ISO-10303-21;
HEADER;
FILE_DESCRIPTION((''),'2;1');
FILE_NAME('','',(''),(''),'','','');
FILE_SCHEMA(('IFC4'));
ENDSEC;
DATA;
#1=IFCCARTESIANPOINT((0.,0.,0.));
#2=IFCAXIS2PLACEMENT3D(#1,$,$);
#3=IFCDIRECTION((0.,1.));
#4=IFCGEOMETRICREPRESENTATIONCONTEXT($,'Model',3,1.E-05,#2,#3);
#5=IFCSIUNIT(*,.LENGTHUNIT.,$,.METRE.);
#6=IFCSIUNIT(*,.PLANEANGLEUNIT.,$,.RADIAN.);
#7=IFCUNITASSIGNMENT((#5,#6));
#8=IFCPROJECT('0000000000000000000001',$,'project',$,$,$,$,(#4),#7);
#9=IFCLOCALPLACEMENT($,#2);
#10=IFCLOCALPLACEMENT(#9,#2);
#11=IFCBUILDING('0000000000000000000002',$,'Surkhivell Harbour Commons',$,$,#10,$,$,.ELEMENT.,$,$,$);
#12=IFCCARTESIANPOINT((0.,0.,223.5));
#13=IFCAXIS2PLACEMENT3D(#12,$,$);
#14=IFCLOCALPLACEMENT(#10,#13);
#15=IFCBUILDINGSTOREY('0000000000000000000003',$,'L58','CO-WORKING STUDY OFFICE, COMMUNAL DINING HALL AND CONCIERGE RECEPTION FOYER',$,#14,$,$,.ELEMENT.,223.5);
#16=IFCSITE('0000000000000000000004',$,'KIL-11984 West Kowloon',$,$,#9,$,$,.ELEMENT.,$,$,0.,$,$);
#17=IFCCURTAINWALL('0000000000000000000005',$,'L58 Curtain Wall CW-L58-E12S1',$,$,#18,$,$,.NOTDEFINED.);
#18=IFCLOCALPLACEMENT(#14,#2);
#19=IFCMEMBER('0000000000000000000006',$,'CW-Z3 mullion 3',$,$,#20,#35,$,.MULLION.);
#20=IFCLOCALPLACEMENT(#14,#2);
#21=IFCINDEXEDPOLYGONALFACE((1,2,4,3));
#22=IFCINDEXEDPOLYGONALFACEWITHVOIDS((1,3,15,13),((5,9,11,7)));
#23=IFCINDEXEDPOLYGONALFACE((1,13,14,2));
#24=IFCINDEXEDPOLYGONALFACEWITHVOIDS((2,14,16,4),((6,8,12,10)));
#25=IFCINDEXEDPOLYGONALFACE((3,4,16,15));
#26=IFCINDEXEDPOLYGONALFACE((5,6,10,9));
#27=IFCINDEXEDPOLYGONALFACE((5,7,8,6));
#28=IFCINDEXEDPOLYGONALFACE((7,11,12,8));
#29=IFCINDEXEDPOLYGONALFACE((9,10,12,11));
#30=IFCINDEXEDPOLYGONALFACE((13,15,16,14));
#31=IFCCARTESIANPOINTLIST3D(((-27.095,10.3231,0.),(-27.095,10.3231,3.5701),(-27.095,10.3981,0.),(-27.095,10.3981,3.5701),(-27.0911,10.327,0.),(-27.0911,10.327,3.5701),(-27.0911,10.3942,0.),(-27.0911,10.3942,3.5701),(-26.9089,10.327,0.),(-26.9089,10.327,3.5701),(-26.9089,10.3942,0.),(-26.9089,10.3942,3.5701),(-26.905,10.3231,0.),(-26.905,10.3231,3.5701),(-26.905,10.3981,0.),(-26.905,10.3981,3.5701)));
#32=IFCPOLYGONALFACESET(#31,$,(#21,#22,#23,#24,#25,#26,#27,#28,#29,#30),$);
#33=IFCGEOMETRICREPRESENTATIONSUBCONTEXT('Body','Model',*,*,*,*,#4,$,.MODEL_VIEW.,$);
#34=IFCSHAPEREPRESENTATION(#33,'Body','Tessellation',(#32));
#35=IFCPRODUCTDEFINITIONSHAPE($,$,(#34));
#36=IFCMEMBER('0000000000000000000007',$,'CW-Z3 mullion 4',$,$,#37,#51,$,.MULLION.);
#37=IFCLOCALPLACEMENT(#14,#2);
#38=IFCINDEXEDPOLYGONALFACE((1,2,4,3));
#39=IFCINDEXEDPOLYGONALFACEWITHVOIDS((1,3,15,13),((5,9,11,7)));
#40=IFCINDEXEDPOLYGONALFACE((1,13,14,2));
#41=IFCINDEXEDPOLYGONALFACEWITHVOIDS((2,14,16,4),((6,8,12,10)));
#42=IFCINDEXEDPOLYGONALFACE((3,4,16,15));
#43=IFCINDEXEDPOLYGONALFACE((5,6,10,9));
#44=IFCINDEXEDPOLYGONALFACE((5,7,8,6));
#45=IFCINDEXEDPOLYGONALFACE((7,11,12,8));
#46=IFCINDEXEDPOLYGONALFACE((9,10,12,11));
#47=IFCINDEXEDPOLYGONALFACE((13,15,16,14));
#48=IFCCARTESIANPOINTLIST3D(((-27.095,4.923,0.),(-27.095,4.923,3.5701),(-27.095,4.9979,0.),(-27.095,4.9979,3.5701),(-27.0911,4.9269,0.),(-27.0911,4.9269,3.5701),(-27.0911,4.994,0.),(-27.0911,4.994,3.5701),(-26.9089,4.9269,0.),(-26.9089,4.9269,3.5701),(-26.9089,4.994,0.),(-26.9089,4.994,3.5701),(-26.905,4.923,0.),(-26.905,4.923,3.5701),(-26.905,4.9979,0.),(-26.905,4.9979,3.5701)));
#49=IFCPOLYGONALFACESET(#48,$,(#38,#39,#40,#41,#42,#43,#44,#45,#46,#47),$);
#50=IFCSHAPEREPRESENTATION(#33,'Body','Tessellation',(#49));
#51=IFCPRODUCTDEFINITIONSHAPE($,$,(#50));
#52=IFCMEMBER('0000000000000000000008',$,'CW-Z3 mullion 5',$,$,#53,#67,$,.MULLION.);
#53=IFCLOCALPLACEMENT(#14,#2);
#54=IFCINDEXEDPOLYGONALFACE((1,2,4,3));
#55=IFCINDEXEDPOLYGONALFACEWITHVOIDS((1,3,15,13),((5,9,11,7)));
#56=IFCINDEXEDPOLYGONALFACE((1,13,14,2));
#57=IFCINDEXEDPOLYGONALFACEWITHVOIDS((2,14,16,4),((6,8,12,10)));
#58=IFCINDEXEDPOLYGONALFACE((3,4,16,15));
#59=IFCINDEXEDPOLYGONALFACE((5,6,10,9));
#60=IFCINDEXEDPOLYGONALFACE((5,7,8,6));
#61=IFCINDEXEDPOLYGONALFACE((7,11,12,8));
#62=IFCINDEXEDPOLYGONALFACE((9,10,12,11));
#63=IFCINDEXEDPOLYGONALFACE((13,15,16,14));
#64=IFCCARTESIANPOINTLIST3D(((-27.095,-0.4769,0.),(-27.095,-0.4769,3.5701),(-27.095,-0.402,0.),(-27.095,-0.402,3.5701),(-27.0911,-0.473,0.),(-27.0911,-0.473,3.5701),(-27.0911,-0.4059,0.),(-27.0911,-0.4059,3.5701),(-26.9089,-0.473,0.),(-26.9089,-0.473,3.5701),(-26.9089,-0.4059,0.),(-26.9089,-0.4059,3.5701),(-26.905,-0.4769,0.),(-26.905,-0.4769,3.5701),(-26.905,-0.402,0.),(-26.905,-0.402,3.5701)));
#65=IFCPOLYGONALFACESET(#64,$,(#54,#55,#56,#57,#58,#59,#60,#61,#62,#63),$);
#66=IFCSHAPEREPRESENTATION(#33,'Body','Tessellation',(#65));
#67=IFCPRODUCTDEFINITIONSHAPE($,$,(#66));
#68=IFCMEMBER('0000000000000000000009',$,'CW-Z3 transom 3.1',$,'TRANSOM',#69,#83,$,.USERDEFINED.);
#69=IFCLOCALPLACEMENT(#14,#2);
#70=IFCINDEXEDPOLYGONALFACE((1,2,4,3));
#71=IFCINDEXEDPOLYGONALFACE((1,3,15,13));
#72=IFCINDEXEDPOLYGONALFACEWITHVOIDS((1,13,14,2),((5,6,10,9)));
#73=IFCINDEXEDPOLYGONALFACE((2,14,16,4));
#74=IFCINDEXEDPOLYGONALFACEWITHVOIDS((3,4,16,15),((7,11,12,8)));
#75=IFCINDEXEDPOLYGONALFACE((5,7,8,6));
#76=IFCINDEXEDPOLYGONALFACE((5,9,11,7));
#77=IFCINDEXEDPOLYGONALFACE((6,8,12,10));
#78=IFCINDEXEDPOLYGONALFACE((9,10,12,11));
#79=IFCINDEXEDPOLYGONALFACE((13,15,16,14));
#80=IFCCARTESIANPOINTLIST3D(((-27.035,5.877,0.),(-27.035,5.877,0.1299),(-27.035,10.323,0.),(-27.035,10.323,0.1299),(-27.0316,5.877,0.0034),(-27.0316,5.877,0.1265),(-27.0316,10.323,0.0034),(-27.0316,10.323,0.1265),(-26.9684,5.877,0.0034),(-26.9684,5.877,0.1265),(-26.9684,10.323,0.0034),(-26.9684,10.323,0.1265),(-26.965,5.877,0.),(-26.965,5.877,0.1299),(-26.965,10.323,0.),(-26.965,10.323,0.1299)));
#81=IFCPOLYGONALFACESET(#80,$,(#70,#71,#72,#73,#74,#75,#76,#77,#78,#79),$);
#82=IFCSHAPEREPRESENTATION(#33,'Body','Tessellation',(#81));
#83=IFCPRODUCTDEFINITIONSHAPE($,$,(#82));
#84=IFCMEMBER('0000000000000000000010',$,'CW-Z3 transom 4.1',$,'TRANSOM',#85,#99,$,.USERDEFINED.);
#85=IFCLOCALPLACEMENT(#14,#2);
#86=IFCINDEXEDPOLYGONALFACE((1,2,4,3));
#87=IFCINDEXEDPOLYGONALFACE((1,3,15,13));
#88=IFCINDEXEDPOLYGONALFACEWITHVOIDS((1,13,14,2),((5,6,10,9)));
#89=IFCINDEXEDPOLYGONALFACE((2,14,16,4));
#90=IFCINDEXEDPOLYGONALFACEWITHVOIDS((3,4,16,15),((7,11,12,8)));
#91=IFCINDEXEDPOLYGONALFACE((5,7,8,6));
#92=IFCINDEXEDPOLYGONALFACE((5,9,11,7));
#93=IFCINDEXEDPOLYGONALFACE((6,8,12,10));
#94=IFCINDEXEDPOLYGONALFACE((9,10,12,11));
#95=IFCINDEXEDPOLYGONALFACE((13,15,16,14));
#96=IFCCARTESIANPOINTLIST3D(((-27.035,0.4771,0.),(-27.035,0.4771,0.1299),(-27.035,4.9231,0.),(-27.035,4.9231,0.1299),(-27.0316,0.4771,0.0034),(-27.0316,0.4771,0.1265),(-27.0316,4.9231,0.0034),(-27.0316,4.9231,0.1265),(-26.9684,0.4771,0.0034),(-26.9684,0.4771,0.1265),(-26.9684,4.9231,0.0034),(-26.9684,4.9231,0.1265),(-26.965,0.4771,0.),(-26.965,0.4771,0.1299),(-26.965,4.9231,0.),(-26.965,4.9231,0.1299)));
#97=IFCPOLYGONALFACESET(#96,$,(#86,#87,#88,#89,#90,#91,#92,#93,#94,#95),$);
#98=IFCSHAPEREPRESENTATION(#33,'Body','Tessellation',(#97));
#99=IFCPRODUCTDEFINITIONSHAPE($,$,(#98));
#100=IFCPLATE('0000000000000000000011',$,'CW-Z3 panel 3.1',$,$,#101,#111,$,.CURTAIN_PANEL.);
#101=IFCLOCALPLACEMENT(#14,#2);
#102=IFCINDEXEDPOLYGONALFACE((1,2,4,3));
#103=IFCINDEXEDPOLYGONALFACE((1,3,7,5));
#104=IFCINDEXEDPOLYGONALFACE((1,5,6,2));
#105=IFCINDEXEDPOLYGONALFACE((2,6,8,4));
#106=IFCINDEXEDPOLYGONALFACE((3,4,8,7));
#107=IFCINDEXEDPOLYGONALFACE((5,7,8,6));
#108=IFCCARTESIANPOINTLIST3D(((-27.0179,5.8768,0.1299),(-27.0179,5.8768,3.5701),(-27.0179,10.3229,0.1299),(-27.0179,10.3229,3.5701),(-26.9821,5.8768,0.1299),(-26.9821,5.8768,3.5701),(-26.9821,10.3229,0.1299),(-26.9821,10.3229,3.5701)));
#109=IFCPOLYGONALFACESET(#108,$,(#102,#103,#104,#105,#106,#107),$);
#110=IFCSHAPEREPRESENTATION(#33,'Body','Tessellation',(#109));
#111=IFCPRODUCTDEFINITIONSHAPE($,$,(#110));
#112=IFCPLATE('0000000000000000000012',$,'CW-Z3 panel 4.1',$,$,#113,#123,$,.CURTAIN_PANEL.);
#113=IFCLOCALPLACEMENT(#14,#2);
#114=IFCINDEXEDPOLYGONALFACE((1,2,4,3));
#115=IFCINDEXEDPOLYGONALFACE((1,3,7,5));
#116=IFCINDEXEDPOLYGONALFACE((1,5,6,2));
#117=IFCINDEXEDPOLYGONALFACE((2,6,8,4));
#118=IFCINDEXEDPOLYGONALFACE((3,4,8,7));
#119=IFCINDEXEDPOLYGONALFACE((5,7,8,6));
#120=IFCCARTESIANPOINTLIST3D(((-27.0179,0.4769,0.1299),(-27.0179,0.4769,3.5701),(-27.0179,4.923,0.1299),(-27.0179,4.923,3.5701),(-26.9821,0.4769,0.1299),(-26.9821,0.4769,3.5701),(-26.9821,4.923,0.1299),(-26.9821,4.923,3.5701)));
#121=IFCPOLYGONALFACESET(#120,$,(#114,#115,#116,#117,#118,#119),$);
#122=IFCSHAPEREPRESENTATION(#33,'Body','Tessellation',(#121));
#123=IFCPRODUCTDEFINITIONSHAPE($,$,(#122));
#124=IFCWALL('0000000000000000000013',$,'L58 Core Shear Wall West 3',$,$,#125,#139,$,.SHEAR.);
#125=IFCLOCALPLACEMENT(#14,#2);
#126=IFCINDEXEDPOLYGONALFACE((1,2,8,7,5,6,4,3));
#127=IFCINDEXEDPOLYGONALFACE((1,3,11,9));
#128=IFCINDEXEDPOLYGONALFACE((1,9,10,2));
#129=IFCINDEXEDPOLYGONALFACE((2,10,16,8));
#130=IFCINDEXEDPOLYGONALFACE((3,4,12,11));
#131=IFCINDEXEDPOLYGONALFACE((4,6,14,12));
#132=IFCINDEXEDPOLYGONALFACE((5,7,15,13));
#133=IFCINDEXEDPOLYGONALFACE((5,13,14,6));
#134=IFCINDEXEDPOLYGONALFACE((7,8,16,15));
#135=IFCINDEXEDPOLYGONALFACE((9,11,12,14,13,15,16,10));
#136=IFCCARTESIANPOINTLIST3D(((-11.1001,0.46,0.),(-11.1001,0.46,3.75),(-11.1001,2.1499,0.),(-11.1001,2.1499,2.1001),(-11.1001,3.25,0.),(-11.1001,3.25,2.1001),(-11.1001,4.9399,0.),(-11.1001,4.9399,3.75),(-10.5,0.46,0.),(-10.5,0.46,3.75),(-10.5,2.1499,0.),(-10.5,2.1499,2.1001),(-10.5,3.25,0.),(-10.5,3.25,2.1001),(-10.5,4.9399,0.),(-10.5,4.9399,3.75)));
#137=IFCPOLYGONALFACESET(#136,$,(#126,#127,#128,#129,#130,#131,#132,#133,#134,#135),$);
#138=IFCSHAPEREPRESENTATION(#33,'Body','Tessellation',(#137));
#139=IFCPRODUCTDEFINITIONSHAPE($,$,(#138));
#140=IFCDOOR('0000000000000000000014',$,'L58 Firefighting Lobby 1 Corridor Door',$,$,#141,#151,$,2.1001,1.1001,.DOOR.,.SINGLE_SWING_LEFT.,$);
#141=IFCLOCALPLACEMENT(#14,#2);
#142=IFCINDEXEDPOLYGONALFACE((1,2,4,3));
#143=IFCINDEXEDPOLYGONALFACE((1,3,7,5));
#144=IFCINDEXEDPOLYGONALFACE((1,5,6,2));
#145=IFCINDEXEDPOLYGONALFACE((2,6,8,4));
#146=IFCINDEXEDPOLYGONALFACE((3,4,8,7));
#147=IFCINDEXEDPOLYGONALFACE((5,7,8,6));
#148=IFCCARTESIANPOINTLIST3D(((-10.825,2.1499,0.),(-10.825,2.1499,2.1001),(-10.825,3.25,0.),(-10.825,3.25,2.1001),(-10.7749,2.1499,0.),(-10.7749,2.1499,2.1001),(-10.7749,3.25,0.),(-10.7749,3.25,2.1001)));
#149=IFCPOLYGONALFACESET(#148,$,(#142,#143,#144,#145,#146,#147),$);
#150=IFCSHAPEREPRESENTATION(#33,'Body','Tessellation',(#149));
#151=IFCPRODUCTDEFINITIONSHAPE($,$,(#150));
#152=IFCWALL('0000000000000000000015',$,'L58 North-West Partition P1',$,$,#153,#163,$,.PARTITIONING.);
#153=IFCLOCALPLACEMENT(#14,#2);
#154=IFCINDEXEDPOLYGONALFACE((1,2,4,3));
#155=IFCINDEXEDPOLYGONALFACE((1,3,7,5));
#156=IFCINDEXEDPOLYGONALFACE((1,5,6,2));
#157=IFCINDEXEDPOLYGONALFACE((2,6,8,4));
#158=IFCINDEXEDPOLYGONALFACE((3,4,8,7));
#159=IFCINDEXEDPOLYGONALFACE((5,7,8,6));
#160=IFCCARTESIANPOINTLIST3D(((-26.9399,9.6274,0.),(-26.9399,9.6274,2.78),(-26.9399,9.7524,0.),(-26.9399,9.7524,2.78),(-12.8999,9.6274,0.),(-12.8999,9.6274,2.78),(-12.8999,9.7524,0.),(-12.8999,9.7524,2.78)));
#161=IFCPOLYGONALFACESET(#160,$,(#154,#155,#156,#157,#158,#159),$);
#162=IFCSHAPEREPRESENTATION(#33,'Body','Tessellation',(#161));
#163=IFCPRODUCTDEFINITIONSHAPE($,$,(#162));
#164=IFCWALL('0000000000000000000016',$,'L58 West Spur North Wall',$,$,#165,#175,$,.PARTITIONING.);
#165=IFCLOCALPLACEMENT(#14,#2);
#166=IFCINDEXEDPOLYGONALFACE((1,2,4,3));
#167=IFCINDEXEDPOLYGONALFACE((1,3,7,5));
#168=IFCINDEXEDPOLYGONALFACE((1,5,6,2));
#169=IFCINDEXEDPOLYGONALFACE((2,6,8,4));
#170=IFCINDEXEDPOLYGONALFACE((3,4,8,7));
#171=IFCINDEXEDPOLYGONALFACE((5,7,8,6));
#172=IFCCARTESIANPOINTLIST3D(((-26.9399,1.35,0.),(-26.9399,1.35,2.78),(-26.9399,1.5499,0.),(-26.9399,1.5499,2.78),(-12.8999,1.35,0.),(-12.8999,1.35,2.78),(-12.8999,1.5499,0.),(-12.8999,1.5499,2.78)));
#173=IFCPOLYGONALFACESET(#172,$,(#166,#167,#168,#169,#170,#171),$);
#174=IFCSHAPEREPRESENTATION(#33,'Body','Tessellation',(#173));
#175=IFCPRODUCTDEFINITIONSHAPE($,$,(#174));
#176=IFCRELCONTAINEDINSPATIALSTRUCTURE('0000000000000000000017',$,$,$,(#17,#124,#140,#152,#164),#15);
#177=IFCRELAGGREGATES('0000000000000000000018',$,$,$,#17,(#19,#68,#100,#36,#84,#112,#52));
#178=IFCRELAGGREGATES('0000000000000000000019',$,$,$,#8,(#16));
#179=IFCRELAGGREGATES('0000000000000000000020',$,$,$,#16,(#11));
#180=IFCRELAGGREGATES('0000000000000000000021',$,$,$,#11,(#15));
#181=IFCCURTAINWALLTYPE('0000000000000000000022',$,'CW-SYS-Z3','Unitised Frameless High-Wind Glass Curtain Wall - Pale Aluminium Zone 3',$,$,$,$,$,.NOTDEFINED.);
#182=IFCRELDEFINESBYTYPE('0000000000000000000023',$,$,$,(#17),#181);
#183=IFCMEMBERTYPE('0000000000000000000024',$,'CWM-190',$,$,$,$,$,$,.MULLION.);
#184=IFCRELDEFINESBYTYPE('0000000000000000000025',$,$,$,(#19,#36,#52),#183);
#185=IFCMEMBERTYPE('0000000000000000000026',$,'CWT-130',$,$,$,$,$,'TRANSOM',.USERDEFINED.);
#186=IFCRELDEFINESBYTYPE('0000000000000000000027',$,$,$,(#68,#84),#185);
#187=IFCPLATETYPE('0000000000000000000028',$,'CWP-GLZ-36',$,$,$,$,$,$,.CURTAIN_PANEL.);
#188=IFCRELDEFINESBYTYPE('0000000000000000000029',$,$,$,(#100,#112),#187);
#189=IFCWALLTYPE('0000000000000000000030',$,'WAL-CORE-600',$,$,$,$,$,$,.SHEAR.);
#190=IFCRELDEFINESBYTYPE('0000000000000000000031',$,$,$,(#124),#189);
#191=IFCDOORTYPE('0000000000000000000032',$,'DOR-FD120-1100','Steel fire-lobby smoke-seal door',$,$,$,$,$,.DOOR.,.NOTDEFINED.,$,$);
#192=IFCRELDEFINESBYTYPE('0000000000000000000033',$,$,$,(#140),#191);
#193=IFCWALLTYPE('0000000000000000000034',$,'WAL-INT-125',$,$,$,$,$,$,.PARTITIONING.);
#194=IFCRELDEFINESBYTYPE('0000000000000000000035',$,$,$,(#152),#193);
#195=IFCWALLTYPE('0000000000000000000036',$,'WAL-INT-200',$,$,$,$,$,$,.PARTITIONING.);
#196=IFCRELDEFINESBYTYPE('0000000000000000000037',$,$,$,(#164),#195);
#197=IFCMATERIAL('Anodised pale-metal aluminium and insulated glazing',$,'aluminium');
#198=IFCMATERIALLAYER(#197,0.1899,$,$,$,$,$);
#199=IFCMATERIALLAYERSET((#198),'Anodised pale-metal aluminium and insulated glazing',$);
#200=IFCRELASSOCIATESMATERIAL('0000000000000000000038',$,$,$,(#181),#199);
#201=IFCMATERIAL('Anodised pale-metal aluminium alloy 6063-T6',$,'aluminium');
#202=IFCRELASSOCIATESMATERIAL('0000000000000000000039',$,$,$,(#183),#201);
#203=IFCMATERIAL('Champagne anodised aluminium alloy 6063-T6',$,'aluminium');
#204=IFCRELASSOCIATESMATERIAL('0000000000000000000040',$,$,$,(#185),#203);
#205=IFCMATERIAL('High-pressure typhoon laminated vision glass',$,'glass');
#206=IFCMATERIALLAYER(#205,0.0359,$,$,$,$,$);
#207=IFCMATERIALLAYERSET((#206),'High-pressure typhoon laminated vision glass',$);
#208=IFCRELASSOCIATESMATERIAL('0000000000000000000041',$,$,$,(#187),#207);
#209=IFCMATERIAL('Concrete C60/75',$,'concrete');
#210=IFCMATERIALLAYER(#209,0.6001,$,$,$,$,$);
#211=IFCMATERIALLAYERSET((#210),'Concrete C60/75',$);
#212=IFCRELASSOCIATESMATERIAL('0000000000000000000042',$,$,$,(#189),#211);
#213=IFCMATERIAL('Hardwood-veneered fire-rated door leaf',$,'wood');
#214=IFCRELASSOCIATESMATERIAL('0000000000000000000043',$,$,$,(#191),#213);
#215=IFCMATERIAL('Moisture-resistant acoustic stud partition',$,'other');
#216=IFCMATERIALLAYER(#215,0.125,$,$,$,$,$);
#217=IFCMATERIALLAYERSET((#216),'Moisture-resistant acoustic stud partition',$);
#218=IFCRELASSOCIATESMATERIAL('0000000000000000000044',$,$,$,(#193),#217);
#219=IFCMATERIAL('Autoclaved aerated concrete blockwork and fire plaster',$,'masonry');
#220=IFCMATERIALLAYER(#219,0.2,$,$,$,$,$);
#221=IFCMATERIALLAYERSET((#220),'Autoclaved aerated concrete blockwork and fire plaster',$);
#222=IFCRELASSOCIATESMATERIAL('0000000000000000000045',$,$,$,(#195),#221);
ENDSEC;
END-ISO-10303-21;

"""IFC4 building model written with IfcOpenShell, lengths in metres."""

from ifc_helpers import new_model, si_unit, direction, frame, frame_2d, origin, origin_2d, place, context, subcontext, project, spatial, rectangle, hollow_rectangle, extrude, material, layer, layer_set, material_profile, profile_set, type_object, element, fill, aggregate, save


model = new_model("IFC4")

# Units and contexts
model_context = context("Model", 3, precision=1e-05, world=origin(), true_north=direction((0.0, 1.0)))
body_context = subcontext(model_context, "Body", "Model", "MODEL_VIEW")
ifc_project = project(units=[si_unit("LENGTHUNIT", "METRE"), si_unit("PLANEANGLEUNIT", "RADIAN")], contexts=[model_context])

# Site, building, storey
site_placement = place(None, origin())
site = spatial("IfcSite", under=ifc_project, at=site_placement, Name="KIL-11984 West Kowloon", CompositionType="ELEMENT", RefElevation=0.0)
building_placement = place(site_placement, origin())
building = spatial("IfcBuilding", under=site, at=building_placement, Name="Surkhivell Harbour Commons", CompositionType="ELEMENT")
storey_placement = place(building_placement, frame((0.0, 0.0, 223.5)))
storey = spatial("IfcBuildingStorey", under=building, at=storey_placement, Name="L58", Description="CO-WORKING STUDY OFFICE, COMMUNAL DINING HALL AND CONCIERGE RECEPTION FOYER", CompositionType="ELEMENT", Elevation=223.5)

# Shared definitions
ifc_material_1 = material(Name="Concrete C60/75", Category="concrete")

# Curtain wall, members, plates
ifc_material_2 = material(Name="Anodised pale-metal aluminium and insulated glazing", Category="aluminium")
ifc_layer_1 = layer(ifc_material_2, 0.1899)
ifc_layer_set_1 = layer_set([ifc_layer_1], Name="Anodised pale-metal aluminium and insulated glazing")
curtain_wall_type = type_object("IfcCurtainWallType", Name="CW-SYS-Z3", Description="Unitised Frameless High-Wind Glass Curtain Wall - Pale Aluminium Zone 3", PredefinedType="NOTDEFINED", material=ifc_layer_set_1)
curtain_wall_placement = place(storey_placement, origin())
curtain_wall = element("IfcCurtainWall", 1, at=curtain_wall_placement, inside=storey, type_object=curtain_wall_type, Name="L58 Curtain Wall CW-L58-E12S1", PredefinedType="NOTDEFINED")
ifc_material_3 = material(Name="Anodised pale-metal aluminium alloy 6063-T6", Category="aluminium")
ifc_material_profile_1 = material_profile(ifc_material_3, hollow_rectangle(XDim=0.075, YDim=0.1899, WallThickness=0.0039, at=origin_2d()), Name="ALU-MULL-75x190")
ifc_profile_set_1 = profile_set([ifc_material_profile_1], Name="Anodised pale-metal aluminium alloy 6063-T6")
member_type_1 = type_object("IfcMemberType", Name="CWM-190", PredefinedType="MULLION", material=ifc_profile_set_1)
member_1_placement = place(storey_placement, frame((-27.0, 10.3606, 0.0), z_axis=(0.0, 0.0, 1.0), x_axis=(0.0, -1.0, 0.0)))
member_1 = element("IfcMember", 2, at=member_1_placement, type_object=member_type_1, Name="CW-Z3 mullion 3", PredefinedType="MULLION", context=body_context, shape_type="SweptSolid", body=[
    extrude(hollow_rectangle(XDim=0.075, YDim=0.1899, WallThickness=0.0039, at=origin_2d()), origin(), (0.0, 0.0, 1.0), 3.5701),
])
member_2_placement = place(storey_placement, frame((-27.0, 4.9604, 0.0), z_axis=(0.0, 0.0, 1.0), x_axis=(0.0, -1.0, 0.0)))
member_2 = element("IfcMember", 3, at=member_2_placement, type_object=member_type_1, Name="CW-Z3 mullion 4", PredefinedType="MULLION", context=body_context, shape_type="SweptSolid", body=[
    extrude(hollow_rectangle(XDim=0.075, YDim=0.1899, WallThickness=0.0039, at=origin_2d()), origin(), (0.0, 0.0, 1.0), 3.5701),
])
member_3_placement = place(storey_placement, frame((-27.0, -0.4395, 0.0), z_axis=(0.0, 0.0, 1.0), x_axis=(0.0, -1.0, 0.0)))
member_3 = element("IfcMember", 4, at=member_3_placement, type_object=member_type_1, Name="CW-Z3 mullion 5", PredefinedType="MULLION", context=body_context, shape_type="SweptSolid", body=[
    extrude(hollow_rectangle(XDim=0.075, YDim=0.1899, WallThickness=0.0039, at=origin_2d()), origin(), (0.0, 0.0, 1.0), 3.5701),
])
ifc_material_4 = material(Name="Champagne anodised aluminium alloy 6063-T6", Category="aluminium")
ifc_material_profile_2 = material_profile(ifc_material_4, hollow_rectangle(XDim=0.0701, YDim=0.1299, WallThickness=0.0034, at=origin_2d()), Name="ALU-TRAN-70x130")
ifc_profile_set_2 = profile_set([ifc_material_profile_2], Name="Champagne anodised aluminium alloy 6063-T6")
member_type_2 = type_object("IfcMemberType", Name="CWT-130", ElementType="TRANSOM", PredefinedType="USERDEFINED", material=ifc_profile_set_2)
member_4_placement = place(storey_placement, frame((-27.0, 10.323, 0.0649), z_axis=(0.0, -1.0, 0.0), x_axis=(1.0, 0.0, 0.0)))
member_4 = element("IfcMember", 5, at=member_4_placement, type_object=member_type_2, Name="CW-Z3 transom 3.1", ObjectType="TRANSOM", PredefinedType="USERDEFINED", context=body_context, shape_type="SweptSolid", body=[
    extrude(hollow_rectangle(XDim=0.0701, YDim=0.1299, WallThickness=0.0034, at=origin_2d()), origin(), (0.0, 0.0, 1.0), 4.446),
])
member_5_placement = place(storey_placement, frame((-27.0, 4.9231, 0.0649), z_axis=(0.0, -1.0, 0.0), x_axis=(1.0, 0.0, 0.0)))
member_5 = element("IfcMember", 6, at=member_5_placement, type_object=member_type_2, Name="CW-Z3 transom 4.1", ObjectType="TRANSOM", PredefinedType="USERDEFINED", context=body_context, shape_type="SweptSolid", body=[
    extrude(hollow_rectangle(XDim=0.0701, YDim=0.1299, WallThickness=0.0034, at=origin_2d()), origin(), (0.0, 0.0, 1.0), 4.446),
])
ifc_material_5 = material(Name="High-pressure typhoon laminated vision glass", Category="glass")
ifc_layer_2 = layer(ifc_material_5, 0.0359)
ifc_layer_set_2 = layer_set([ifc_layer_2], Name="High-pressure typhoon laminated vision glass")
plate_type = type_object("IfcPlateType", Name="CWP-GLZ-36", PredefinedType="CURTAIN_PANEL", material=ifc_layer_set_2)
plate_1_placement = place(storey_placement, frame((-27.0, 10.323, 0.1299), z_axis=(0.0, 0.0, 1.0), x_axis=(0.0, -1.0, 0.0)))
plate_1 = element("IfcPlate", 7, at=plate_1_placement, type_object=plate_type, Name="CW-Z3 panel 3.1", PredefinedType="CURTAIN_PANEL", context=body_context, shape_type="SweptSolid", body=[
    extrude(rectangle(XDim=4.446, YDim=0.0359, at=frame_2d((2.2231, 0.0))), origin(), (0.0, 0.0, 1.0), 3.4402),
])
plate_2_placement = place(storey_placement, frame((-27.0, 4.9231, 0.1299), z_axis=(0.0, 0.0, 1.0), x_axis=(0.0, -1.0, 0.0)))
plate_2 = element("IfcPlate", 8, at=plate_2_placement, type_object=plate_type, Name="CW-Z3 panel 4.1", PredefinedType="CURTAIN_PANEL", context=body_context, shape_type="SweptSolid", body=[
    extrude(rectangle(XDim=4.446, YDim=0.0359, at=frame_2d((2.2231, 0.0))), origin(), (0.0, 0.0, 1.0), 3.4402),
])
aggregate(curtain_wall, [member_1, member_4, plate_1, member_2, member_5, plate_2, member_3])

# Wall, opening, door
ifc_layer_3 = layer(ifc_material_1, 0.6001)
ifc_layer_set_3 = layer_set([ifc_layer_3], Name="Concrete C60/75")
wall_type_1 = type_object("IfcWallType", Name="WAL-CORE-600", PredefinedType="SHEAR", material=ifc_layer_set_3)
wall_1_placement = place(storey_placement, frame((-10.8, 0.46, 0.0), z_axis=(0.0, 0.0, 1.0), x_axis=(0.0, 1.0, 0.0)))
wall_1 = element("IfcWall", 9, at=wall_1_placement, inside=storey, type_object=wall_type_1, Name="L58 Core Shear Wall West 3", PredefinedType="SHEAR", context=body_context, shape_type="SweptSolid", body=[
    extrude(rectangle(XDim=4.48, YDim=0.6001, at=frame_2d((2.24, 0.0))), origin(), (0.0, 0.0, 1.0), 3.75),
])
opening_1_placement = place(wall_1_placement, frame((1.6899, 0.0, 0.0)))
opening_1 = element("IfcOpeningElement", 10, at=opening_1_placement, cuts=wall_1, PredefinedType="OPENING", context=body_context, shape_type="SweptSolid", body=[
    extrude(rectangle(XDim=1.1001, YDim=2.1001, at=frame_2d((0.55, 1.05))), frame((0.0, 0.3101, 0.0), z_axis=(0.0, -1.0, 0.0), x_axis=(1.0, 0.0, 0.0)), (0.0, 0.0, 1.0), 0.6201),
])
ifc_material_6 = material(Name="Hardwood-veneered fire-rated door leaf", Category="wood")
door_type_1 = type_object("IfcDoorType", Name="DOR-FD120-1100", Description="Steel fire-lobby smoke-seal door", OperationType="NOTDEFINED", PredefinedType="DOOR", material=ifc_material_6)
door_1_placement = place(opening_1_placement, origin())
door_1 = element("IfcDoor", 11, at=door_1_placement, inside=storey, type_object=door_type_1, Name="L58 Firefighting Lobby 1 Corridor Door", OperationType="SINGLE_SWING_LEFT", OverallHeight=2.1001, OverallWidth=1.1001, PredefinedType="DOOR", context=body_context, shape_type="SweptSolid", body=[
    extrude(rectangle(XDim=1.1001, YDim=2.1001, at=frame_2d((0.55, 1.05))), frame((0.0, 0.0249, 0.0), z_axis=(0.0, -1.0, 0.0), x_axis=(1.0, 0.0, 0.0)), (0.0, 0.0, 1.0), 0.05),
])
fill(opening_1, door_1)

# Walls
ifc_material_7 = material(Name="Moisture-resistant acoustic stud partition", Category="other")
ifc_layer_4 = layer(ifc_material_7, 0.125)
ifc_layer_set_4 = layer_set([ifc_layer_4], Name="Moisture-resistant acoustic stud partition")
wall_type_2 = type_object("IfcWallType", Name="WAL-INT-125", PredefinedType="PARTITIONING", material=ifc_layer_set_4)
wall_2_placement = place(storey_placement, frame((-26.9399, 9.6899, 0.0), z_axis=(0.0, 0.0, 1.0), x_axis=(1.0, 0.0, 0.0)))
element("IfcWall", 12, at=wall_2_placement, inside=storey, type_object=wall_type_2, Name="L58 North-West Partition P1", PredefinedType="PARTITIONING", context=body_context, shape_type="SweptSolid", body=[
    extrude(rectangle(XDim=14.04, YDim=0.125, at=frame_2d((7.02, 0.0))), origin(), (0.0, 0.0, 1.0), 2.78),
])
ifc_material_8 = material(Name="Autoclaved aerated concrete blockwork and fire plaster", Category="masonry")
ifc_layer_5 = layer(ifc_material_8, 0.2)
ifc_layer_set_5 = layer_set([ifc_layer_5], Name="Autoclaved aerated concrete blockwork and fire plaster")
wall_type_3 = type_object("IfcWallType", Name="WAL-INT-200", PredefinedType="PARTITIONING", material=ifc_layer_set_5)
for number, where, z_axis, x_axis, name in (
    (13, (-26.9399, 1.45, 0.0), (0.0, 0.0, 1.0), (1.0, 0.0, 0.0), "L58 West Spur North Wall"),
):
    element("IfcWall", number, at=place(storey_placement, frame(where, z_axis=z_axis, x_axis=x_axis)), inside=storey, type_object=wall_type_3, Name=name, PredefinedType="PARTITIONING", context=body_context, shape_type="SweptSolid", body=[
        extrude(rectangle(XDim=14.04, YDim=0.2, at=frame_2d((7.02, 0.0))), origin(), (0.0, 0.0, 1.0), 2.78),
    ])

save(model, "model.ifc")
